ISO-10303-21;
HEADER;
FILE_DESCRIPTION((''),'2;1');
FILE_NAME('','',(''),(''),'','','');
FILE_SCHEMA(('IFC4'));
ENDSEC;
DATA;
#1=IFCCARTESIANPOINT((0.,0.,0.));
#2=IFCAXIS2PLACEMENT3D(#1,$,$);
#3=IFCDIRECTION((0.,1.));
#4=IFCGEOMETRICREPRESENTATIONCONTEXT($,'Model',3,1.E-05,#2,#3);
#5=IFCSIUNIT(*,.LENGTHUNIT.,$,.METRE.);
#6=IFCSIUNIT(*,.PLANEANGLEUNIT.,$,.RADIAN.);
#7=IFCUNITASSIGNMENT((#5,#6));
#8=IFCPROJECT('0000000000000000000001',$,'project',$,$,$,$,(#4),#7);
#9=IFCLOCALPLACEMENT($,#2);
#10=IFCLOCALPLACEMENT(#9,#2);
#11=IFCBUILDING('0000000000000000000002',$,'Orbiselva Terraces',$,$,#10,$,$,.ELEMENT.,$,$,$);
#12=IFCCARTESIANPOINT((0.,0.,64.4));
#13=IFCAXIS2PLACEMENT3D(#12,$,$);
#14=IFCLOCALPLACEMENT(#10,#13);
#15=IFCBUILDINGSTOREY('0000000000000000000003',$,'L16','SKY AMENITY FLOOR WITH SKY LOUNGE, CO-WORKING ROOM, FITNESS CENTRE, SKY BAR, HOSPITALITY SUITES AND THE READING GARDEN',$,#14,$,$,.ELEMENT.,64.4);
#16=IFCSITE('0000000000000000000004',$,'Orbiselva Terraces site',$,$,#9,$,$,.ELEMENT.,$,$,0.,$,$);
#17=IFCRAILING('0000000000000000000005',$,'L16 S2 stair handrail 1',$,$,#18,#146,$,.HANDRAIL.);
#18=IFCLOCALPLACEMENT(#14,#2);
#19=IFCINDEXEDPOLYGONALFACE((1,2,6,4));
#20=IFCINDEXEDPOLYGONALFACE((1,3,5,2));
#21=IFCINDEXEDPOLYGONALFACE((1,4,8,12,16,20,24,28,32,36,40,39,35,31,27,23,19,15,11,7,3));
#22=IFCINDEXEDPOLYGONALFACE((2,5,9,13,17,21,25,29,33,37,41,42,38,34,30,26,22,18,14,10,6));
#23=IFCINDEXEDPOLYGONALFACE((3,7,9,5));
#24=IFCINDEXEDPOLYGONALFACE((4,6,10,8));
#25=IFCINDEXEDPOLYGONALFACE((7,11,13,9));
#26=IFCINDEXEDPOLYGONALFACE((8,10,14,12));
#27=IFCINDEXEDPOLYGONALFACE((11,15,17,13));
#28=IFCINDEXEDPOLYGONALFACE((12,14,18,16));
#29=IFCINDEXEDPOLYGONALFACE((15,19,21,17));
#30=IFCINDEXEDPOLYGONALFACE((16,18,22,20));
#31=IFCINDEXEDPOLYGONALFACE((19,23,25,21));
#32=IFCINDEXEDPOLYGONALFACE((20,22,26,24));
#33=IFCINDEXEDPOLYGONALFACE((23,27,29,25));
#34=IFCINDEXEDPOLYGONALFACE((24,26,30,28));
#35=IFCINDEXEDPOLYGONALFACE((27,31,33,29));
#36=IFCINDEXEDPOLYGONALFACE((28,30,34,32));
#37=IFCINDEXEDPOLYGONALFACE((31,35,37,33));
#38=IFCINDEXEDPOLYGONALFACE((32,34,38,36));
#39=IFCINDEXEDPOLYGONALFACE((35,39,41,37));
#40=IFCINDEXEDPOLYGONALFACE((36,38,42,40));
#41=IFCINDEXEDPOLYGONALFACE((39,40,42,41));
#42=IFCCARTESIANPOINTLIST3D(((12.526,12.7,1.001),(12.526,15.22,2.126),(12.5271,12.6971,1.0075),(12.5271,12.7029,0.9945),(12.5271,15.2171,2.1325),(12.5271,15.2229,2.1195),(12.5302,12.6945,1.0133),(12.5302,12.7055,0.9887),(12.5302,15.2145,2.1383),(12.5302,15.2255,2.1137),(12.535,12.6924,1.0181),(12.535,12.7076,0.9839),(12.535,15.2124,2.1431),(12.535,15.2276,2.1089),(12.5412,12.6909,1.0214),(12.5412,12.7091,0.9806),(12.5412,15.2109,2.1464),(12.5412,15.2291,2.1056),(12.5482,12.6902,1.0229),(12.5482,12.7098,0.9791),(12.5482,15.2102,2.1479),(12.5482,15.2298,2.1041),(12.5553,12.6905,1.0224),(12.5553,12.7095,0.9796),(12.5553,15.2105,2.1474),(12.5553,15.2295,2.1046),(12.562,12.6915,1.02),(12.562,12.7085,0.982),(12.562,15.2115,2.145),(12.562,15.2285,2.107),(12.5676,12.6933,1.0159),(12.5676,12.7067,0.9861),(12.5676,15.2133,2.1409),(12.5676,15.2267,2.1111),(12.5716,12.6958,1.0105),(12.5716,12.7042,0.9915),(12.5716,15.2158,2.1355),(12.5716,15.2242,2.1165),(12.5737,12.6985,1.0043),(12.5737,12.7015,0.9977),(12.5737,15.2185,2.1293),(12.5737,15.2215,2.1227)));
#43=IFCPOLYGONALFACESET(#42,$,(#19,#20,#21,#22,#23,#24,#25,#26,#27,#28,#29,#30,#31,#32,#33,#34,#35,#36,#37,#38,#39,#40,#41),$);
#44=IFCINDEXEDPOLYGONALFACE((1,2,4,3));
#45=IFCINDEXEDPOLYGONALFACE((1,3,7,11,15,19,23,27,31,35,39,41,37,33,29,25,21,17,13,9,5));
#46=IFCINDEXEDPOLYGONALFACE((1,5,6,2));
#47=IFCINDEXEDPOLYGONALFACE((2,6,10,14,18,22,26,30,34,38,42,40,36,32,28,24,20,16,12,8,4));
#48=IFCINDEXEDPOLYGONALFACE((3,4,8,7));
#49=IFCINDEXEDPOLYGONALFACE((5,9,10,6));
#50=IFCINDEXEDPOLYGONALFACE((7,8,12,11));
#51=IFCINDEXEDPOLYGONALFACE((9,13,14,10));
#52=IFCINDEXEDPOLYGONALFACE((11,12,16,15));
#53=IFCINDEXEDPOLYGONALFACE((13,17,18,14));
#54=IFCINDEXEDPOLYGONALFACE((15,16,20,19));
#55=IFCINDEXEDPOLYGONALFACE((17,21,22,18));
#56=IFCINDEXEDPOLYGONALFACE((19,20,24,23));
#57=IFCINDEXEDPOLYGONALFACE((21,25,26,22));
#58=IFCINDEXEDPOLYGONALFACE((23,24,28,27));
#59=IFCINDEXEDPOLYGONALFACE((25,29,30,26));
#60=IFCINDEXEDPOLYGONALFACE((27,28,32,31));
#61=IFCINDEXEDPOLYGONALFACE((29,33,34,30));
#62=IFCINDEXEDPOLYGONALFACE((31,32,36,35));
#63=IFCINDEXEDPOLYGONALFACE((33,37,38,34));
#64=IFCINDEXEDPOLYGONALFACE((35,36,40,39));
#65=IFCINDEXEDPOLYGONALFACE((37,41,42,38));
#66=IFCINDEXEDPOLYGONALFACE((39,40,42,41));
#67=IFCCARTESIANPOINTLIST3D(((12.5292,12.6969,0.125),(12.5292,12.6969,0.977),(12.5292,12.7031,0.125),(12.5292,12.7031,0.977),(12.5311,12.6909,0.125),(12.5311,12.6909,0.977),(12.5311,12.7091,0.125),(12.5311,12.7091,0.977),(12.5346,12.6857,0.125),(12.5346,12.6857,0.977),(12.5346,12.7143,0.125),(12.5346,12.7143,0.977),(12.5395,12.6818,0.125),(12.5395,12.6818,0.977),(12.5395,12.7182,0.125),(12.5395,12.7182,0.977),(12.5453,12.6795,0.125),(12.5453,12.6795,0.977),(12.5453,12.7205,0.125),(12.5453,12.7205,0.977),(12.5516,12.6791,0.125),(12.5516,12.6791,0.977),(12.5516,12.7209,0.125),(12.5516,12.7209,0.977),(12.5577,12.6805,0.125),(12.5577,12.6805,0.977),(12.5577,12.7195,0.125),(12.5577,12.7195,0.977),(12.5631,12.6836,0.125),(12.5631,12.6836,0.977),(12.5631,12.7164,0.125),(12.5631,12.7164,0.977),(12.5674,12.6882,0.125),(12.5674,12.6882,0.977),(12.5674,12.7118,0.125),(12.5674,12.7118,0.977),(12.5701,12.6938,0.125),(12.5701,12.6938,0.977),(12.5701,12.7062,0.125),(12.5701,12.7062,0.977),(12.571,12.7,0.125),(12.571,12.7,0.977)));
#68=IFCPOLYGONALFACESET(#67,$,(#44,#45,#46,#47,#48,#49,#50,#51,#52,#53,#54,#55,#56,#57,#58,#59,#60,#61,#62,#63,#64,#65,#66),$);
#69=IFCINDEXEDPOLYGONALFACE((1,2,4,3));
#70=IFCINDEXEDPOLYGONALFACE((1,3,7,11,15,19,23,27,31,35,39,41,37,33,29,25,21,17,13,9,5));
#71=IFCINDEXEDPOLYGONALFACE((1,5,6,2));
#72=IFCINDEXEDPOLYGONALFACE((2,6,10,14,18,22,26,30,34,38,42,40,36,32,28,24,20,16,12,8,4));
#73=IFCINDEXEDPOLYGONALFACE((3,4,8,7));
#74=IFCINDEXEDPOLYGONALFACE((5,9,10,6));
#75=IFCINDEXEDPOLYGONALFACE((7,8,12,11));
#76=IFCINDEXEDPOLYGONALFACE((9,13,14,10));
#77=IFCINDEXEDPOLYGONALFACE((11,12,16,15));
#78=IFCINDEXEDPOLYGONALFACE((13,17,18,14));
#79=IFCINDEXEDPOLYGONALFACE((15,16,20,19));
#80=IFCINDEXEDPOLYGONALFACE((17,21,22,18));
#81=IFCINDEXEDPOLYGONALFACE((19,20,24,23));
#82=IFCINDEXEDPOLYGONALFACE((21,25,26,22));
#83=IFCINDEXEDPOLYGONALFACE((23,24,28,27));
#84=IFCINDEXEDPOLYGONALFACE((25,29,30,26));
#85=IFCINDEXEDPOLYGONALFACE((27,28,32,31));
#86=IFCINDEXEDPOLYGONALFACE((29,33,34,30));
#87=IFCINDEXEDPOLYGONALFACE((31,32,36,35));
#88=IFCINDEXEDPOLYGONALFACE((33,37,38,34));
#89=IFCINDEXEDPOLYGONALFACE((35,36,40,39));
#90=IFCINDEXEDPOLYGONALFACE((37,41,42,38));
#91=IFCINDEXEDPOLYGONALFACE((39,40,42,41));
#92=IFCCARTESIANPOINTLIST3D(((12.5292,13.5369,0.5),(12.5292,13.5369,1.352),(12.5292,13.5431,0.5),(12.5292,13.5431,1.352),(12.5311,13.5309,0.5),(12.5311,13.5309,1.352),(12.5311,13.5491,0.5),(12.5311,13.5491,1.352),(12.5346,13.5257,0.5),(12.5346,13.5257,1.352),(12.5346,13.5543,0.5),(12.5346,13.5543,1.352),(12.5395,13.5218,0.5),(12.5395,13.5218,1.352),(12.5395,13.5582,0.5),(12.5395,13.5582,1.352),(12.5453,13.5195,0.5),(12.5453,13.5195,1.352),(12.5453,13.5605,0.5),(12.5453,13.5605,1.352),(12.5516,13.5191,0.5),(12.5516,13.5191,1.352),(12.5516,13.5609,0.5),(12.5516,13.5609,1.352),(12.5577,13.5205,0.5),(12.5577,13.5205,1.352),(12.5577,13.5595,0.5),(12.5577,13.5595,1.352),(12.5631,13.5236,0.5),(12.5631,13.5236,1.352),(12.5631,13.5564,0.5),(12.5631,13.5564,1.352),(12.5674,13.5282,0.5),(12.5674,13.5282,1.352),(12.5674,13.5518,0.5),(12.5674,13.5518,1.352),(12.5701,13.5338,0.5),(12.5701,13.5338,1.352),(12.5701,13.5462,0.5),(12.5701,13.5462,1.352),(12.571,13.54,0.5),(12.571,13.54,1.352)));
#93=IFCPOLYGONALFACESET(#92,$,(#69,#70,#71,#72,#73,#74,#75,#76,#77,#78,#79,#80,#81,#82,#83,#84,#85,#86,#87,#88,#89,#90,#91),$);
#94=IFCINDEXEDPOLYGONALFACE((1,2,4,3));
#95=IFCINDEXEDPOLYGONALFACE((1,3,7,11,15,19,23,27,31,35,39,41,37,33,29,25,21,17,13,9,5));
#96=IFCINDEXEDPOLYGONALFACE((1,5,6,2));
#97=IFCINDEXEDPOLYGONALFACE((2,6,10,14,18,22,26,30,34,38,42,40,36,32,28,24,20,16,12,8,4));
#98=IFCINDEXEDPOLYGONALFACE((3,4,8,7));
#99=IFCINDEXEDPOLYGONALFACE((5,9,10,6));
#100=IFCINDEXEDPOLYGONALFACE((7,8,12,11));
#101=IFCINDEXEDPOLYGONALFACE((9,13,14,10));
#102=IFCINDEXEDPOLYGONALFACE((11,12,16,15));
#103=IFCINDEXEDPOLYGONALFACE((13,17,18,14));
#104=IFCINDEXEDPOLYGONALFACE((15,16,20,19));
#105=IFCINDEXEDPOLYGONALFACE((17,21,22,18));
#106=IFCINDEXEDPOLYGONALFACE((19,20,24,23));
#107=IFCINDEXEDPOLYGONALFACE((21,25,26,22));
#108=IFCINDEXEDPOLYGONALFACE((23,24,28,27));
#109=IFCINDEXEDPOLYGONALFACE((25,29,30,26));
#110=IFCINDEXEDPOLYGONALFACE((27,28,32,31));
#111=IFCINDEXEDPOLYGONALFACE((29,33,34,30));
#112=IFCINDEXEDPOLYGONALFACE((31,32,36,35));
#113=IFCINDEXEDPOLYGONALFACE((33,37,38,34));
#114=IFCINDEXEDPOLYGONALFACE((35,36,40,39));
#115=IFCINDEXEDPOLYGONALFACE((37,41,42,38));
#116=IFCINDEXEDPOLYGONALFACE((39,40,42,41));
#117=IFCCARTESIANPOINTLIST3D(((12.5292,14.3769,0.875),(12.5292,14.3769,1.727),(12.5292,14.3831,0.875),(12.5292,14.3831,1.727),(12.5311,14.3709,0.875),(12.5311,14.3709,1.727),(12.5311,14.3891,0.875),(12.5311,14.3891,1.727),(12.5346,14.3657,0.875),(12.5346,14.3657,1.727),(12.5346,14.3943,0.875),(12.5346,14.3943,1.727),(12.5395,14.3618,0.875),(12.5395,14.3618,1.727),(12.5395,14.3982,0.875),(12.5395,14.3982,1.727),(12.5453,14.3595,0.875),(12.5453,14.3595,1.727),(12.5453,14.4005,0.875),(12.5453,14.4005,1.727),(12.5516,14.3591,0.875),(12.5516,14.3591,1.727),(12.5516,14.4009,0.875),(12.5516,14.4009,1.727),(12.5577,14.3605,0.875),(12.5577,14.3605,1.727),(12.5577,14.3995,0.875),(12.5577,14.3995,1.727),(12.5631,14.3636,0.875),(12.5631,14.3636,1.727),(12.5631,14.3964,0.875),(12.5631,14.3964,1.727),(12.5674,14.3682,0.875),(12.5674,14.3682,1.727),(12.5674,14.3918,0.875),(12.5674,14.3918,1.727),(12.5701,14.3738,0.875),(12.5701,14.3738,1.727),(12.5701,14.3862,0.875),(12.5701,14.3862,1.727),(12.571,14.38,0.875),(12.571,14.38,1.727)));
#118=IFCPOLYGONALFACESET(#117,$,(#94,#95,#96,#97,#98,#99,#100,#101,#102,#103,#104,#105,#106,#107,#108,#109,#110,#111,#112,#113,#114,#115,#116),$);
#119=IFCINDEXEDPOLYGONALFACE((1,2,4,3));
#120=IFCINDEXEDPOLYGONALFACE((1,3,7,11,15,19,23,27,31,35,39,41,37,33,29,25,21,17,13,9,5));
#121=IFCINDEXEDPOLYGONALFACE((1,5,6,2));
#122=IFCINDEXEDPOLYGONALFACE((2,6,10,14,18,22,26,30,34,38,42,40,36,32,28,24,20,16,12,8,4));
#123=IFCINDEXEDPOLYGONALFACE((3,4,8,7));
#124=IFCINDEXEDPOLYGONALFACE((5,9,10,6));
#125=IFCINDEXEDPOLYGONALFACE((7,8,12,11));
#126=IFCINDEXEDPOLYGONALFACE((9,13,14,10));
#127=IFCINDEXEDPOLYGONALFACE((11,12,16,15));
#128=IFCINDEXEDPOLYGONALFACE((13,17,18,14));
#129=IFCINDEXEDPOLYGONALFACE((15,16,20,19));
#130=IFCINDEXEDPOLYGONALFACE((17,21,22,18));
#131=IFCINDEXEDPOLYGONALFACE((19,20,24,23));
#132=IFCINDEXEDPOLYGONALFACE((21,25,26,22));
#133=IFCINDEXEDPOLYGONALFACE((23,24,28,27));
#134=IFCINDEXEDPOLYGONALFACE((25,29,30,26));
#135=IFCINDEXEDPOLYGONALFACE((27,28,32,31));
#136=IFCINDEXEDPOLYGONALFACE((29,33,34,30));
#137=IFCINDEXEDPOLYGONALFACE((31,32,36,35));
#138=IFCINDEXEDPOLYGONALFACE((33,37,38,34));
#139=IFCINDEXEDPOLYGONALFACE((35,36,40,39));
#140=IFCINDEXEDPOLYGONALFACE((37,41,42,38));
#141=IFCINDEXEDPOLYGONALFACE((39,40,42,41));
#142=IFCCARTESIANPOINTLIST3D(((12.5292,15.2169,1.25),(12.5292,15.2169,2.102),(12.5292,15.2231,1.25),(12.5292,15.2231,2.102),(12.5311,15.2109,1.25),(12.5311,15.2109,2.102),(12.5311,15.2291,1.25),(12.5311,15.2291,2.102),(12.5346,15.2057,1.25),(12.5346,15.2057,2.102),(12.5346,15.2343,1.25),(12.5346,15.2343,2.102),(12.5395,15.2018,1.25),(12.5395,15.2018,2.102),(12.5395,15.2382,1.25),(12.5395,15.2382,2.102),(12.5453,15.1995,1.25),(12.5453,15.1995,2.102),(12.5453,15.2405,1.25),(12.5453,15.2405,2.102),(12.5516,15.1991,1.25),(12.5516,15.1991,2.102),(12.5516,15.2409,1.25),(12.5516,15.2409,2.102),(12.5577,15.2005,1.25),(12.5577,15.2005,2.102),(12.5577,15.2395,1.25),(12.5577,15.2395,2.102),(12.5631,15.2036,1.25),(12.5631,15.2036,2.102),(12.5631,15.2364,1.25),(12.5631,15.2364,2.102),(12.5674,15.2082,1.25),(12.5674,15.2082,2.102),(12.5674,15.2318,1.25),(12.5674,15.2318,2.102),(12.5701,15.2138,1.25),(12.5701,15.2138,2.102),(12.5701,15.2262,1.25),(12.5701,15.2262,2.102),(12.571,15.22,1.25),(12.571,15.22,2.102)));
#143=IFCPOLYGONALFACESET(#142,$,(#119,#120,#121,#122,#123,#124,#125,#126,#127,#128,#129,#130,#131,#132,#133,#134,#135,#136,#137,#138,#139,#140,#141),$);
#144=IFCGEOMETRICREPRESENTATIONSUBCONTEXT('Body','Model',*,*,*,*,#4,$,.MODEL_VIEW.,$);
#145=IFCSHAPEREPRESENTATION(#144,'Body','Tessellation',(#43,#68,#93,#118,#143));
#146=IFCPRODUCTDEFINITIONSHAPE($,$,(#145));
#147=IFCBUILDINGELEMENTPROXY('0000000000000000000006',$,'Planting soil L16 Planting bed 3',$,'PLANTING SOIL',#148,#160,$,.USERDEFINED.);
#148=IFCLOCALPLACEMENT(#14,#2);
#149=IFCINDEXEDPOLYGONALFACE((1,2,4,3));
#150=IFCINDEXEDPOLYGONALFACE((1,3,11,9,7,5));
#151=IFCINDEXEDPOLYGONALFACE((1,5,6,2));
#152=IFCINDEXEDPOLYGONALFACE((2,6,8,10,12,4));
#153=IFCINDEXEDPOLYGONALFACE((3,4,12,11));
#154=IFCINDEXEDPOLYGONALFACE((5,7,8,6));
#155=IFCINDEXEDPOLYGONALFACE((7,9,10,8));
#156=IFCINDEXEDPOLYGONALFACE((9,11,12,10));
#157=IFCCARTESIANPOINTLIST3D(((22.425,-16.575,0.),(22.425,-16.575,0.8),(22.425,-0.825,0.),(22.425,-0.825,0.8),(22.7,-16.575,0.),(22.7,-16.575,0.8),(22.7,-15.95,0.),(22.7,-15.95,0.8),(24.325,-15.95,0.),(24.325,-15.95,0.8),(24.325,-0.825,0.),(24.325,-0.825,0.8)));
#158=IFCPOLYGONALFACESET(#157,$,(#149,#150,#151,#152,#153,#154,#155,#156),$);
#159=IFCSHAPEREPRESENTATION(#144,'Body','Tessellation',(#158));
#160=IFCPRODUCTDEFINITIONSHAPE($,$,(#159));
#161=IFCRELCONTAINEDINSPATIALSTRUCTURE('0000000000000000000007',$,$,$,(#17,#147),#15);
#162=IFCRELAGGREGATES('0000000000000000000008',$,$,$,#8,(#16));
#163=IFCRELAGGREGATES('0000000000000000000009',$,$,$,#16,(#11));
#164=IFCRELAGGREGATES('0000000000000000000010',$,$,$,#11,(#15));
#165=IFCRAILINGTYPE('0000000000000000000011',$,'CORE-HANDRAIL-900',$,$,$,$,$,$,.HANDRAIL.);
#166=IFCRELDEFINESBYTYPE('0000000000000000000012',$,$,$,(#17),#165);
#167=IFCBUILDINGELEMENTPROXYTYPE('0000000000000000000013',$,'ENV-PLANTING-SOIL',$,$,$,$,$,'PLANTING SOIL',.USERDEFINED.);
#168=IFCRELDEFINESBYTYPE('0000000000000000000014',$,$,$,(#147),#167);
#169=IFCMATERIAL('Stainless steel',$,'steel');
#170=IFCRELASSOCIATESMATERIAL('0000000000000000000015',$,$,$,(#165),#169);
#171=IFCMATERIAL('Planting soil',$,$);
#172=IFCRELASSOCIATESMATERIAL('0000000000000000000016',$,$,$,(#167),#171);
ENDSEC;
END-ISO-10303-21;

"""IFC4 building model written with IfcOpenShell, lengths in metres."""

from ifc_helpers import new_model, si_unit, direction, frame, origin, origin_2d, place, context, subcontext, project, spatial, polyline, circle, outline, extrude, material, type_object, element, save


model = new_model("IFC4")

# Units and contexts
model_context = context("Model", 3, precision=1e-05, world=origin(), true_north=direction((0.0, 1.0)))
body_context = subcontext(model_context, "Body", "Model", "MODEL_VIEW")
ifc_project = project(units=[si_unit("LENGTHUNIT", "METRE"), si_unit("PLANEANGLEUNIT", "RADIAN")], contexts=[model_context])

# Site, building, storey
site_placement = place(None, origin())
site = spatial("IfcSite", under=ifc_project, at=site_placement, Name="Orbiselva Terraces site", CompositionType="ELEMENT", RefElevation=0.0)
building_placement = place(site_placement, origin())
building = spatial("IfcBuilding", under=site, at=building_placement, Name="Orbiselva Terraces", CompositionType="ELEMENT")
storey_placement = place(building_placement, frame((0.0, 0.0, 64.4)))
storey = spatial("IfcBuildingStorey", under=building, at=storey_placement, Name="L16", Description="SKY AMENITY FLOOR WITH SKY LOUNGE, CO-WORKING ROOM, FITNESS CENTRE, SKY BAR, HOSPITALITY SUITES AND THE READING GARDEN", CompositionType="ELEMENT", Elevation=64.4)

# Railing
ifc_material_1 = material(Name="Stainless steel", Category="steel")
railing_type_1 = type_object("IfcRailingType", Name="CORE-HANDRAIL-900", PredefinedType="HANDRAIL", material=ifc_material_1)
railing_1_placement = place(storey_placement, frame((12.55, 12.7, 0.125)))
element("IfcRailing", 1, at=railing_1_placement, inside=storey, type_object=railing_type_1, Name="L16 S2 stair handrail 1", PredefinedType="HANDRAIL", context=body_context, shape_type="SweptSolid", body=[
    extrude(circle(Radius=0.024, at=origin_2d()), frame((0.0, 0.0, 0.876), z_axis=(0.0, 0.913138, 0.407651), x_axis=(-1.0, 0.0, 0.0)), (0.0, 0.0, 1.0), 2.7597),
    extrude(circle(Radius=0.021, at=origin_2d()), origin(), (0.0, 0.0, 1.0), 0.852),
    extrude(circle(Radius=0.021, at=origin_2d()), frame((0.0, 0.84, 0.375)), (0.0, 0.0, 1.0), 0.852),
    extrude(circle(Radius=0.021, at=origin_2d()), frame((0.0, 1.68, 0.75)), (0.0, 0.0, 1.0), 0.852),
    extrude(circle(Radius=0.021, at=origin_2d()), frame((0.0, 2.52, 1.125)), (0.0, 0.0, 1.0), 0.852),
])

# Building element proxy
ifc_material_2 = material(Name="Planting soil")
building_element_proxy_type = type_object("IfcBuildingElementProxyType", Name="ENV-PLANTING-SOIL", ElementType="PLANTING SOIL", PredefinedType="USERDEFINED", material=ifc_material_2)
proxy_placement = place(storey_placement, origin())
element("IfcBuildingElementProxy", 2, at=proxy_placement, inside=storey, type_object=building_element_proxy_type, Name="Planting soil L16 Planting bed 3", ObjectType="PLANTING SOIL", PredefinedType="USERDEFINED", context=body_context, shape_type="SweptSolid", body=[
    extrude(outline(polyline([(24.325, -15.95), (22.7, -15.95), (22.7, -16.575), (22.425, -16.575), (22.425, -0.825), (24.325, -0.825), (24.325, -15.95)])), origin(), (0.0, 0.0, 1.0), 0.8),
])

save(model, "model.ifc")
